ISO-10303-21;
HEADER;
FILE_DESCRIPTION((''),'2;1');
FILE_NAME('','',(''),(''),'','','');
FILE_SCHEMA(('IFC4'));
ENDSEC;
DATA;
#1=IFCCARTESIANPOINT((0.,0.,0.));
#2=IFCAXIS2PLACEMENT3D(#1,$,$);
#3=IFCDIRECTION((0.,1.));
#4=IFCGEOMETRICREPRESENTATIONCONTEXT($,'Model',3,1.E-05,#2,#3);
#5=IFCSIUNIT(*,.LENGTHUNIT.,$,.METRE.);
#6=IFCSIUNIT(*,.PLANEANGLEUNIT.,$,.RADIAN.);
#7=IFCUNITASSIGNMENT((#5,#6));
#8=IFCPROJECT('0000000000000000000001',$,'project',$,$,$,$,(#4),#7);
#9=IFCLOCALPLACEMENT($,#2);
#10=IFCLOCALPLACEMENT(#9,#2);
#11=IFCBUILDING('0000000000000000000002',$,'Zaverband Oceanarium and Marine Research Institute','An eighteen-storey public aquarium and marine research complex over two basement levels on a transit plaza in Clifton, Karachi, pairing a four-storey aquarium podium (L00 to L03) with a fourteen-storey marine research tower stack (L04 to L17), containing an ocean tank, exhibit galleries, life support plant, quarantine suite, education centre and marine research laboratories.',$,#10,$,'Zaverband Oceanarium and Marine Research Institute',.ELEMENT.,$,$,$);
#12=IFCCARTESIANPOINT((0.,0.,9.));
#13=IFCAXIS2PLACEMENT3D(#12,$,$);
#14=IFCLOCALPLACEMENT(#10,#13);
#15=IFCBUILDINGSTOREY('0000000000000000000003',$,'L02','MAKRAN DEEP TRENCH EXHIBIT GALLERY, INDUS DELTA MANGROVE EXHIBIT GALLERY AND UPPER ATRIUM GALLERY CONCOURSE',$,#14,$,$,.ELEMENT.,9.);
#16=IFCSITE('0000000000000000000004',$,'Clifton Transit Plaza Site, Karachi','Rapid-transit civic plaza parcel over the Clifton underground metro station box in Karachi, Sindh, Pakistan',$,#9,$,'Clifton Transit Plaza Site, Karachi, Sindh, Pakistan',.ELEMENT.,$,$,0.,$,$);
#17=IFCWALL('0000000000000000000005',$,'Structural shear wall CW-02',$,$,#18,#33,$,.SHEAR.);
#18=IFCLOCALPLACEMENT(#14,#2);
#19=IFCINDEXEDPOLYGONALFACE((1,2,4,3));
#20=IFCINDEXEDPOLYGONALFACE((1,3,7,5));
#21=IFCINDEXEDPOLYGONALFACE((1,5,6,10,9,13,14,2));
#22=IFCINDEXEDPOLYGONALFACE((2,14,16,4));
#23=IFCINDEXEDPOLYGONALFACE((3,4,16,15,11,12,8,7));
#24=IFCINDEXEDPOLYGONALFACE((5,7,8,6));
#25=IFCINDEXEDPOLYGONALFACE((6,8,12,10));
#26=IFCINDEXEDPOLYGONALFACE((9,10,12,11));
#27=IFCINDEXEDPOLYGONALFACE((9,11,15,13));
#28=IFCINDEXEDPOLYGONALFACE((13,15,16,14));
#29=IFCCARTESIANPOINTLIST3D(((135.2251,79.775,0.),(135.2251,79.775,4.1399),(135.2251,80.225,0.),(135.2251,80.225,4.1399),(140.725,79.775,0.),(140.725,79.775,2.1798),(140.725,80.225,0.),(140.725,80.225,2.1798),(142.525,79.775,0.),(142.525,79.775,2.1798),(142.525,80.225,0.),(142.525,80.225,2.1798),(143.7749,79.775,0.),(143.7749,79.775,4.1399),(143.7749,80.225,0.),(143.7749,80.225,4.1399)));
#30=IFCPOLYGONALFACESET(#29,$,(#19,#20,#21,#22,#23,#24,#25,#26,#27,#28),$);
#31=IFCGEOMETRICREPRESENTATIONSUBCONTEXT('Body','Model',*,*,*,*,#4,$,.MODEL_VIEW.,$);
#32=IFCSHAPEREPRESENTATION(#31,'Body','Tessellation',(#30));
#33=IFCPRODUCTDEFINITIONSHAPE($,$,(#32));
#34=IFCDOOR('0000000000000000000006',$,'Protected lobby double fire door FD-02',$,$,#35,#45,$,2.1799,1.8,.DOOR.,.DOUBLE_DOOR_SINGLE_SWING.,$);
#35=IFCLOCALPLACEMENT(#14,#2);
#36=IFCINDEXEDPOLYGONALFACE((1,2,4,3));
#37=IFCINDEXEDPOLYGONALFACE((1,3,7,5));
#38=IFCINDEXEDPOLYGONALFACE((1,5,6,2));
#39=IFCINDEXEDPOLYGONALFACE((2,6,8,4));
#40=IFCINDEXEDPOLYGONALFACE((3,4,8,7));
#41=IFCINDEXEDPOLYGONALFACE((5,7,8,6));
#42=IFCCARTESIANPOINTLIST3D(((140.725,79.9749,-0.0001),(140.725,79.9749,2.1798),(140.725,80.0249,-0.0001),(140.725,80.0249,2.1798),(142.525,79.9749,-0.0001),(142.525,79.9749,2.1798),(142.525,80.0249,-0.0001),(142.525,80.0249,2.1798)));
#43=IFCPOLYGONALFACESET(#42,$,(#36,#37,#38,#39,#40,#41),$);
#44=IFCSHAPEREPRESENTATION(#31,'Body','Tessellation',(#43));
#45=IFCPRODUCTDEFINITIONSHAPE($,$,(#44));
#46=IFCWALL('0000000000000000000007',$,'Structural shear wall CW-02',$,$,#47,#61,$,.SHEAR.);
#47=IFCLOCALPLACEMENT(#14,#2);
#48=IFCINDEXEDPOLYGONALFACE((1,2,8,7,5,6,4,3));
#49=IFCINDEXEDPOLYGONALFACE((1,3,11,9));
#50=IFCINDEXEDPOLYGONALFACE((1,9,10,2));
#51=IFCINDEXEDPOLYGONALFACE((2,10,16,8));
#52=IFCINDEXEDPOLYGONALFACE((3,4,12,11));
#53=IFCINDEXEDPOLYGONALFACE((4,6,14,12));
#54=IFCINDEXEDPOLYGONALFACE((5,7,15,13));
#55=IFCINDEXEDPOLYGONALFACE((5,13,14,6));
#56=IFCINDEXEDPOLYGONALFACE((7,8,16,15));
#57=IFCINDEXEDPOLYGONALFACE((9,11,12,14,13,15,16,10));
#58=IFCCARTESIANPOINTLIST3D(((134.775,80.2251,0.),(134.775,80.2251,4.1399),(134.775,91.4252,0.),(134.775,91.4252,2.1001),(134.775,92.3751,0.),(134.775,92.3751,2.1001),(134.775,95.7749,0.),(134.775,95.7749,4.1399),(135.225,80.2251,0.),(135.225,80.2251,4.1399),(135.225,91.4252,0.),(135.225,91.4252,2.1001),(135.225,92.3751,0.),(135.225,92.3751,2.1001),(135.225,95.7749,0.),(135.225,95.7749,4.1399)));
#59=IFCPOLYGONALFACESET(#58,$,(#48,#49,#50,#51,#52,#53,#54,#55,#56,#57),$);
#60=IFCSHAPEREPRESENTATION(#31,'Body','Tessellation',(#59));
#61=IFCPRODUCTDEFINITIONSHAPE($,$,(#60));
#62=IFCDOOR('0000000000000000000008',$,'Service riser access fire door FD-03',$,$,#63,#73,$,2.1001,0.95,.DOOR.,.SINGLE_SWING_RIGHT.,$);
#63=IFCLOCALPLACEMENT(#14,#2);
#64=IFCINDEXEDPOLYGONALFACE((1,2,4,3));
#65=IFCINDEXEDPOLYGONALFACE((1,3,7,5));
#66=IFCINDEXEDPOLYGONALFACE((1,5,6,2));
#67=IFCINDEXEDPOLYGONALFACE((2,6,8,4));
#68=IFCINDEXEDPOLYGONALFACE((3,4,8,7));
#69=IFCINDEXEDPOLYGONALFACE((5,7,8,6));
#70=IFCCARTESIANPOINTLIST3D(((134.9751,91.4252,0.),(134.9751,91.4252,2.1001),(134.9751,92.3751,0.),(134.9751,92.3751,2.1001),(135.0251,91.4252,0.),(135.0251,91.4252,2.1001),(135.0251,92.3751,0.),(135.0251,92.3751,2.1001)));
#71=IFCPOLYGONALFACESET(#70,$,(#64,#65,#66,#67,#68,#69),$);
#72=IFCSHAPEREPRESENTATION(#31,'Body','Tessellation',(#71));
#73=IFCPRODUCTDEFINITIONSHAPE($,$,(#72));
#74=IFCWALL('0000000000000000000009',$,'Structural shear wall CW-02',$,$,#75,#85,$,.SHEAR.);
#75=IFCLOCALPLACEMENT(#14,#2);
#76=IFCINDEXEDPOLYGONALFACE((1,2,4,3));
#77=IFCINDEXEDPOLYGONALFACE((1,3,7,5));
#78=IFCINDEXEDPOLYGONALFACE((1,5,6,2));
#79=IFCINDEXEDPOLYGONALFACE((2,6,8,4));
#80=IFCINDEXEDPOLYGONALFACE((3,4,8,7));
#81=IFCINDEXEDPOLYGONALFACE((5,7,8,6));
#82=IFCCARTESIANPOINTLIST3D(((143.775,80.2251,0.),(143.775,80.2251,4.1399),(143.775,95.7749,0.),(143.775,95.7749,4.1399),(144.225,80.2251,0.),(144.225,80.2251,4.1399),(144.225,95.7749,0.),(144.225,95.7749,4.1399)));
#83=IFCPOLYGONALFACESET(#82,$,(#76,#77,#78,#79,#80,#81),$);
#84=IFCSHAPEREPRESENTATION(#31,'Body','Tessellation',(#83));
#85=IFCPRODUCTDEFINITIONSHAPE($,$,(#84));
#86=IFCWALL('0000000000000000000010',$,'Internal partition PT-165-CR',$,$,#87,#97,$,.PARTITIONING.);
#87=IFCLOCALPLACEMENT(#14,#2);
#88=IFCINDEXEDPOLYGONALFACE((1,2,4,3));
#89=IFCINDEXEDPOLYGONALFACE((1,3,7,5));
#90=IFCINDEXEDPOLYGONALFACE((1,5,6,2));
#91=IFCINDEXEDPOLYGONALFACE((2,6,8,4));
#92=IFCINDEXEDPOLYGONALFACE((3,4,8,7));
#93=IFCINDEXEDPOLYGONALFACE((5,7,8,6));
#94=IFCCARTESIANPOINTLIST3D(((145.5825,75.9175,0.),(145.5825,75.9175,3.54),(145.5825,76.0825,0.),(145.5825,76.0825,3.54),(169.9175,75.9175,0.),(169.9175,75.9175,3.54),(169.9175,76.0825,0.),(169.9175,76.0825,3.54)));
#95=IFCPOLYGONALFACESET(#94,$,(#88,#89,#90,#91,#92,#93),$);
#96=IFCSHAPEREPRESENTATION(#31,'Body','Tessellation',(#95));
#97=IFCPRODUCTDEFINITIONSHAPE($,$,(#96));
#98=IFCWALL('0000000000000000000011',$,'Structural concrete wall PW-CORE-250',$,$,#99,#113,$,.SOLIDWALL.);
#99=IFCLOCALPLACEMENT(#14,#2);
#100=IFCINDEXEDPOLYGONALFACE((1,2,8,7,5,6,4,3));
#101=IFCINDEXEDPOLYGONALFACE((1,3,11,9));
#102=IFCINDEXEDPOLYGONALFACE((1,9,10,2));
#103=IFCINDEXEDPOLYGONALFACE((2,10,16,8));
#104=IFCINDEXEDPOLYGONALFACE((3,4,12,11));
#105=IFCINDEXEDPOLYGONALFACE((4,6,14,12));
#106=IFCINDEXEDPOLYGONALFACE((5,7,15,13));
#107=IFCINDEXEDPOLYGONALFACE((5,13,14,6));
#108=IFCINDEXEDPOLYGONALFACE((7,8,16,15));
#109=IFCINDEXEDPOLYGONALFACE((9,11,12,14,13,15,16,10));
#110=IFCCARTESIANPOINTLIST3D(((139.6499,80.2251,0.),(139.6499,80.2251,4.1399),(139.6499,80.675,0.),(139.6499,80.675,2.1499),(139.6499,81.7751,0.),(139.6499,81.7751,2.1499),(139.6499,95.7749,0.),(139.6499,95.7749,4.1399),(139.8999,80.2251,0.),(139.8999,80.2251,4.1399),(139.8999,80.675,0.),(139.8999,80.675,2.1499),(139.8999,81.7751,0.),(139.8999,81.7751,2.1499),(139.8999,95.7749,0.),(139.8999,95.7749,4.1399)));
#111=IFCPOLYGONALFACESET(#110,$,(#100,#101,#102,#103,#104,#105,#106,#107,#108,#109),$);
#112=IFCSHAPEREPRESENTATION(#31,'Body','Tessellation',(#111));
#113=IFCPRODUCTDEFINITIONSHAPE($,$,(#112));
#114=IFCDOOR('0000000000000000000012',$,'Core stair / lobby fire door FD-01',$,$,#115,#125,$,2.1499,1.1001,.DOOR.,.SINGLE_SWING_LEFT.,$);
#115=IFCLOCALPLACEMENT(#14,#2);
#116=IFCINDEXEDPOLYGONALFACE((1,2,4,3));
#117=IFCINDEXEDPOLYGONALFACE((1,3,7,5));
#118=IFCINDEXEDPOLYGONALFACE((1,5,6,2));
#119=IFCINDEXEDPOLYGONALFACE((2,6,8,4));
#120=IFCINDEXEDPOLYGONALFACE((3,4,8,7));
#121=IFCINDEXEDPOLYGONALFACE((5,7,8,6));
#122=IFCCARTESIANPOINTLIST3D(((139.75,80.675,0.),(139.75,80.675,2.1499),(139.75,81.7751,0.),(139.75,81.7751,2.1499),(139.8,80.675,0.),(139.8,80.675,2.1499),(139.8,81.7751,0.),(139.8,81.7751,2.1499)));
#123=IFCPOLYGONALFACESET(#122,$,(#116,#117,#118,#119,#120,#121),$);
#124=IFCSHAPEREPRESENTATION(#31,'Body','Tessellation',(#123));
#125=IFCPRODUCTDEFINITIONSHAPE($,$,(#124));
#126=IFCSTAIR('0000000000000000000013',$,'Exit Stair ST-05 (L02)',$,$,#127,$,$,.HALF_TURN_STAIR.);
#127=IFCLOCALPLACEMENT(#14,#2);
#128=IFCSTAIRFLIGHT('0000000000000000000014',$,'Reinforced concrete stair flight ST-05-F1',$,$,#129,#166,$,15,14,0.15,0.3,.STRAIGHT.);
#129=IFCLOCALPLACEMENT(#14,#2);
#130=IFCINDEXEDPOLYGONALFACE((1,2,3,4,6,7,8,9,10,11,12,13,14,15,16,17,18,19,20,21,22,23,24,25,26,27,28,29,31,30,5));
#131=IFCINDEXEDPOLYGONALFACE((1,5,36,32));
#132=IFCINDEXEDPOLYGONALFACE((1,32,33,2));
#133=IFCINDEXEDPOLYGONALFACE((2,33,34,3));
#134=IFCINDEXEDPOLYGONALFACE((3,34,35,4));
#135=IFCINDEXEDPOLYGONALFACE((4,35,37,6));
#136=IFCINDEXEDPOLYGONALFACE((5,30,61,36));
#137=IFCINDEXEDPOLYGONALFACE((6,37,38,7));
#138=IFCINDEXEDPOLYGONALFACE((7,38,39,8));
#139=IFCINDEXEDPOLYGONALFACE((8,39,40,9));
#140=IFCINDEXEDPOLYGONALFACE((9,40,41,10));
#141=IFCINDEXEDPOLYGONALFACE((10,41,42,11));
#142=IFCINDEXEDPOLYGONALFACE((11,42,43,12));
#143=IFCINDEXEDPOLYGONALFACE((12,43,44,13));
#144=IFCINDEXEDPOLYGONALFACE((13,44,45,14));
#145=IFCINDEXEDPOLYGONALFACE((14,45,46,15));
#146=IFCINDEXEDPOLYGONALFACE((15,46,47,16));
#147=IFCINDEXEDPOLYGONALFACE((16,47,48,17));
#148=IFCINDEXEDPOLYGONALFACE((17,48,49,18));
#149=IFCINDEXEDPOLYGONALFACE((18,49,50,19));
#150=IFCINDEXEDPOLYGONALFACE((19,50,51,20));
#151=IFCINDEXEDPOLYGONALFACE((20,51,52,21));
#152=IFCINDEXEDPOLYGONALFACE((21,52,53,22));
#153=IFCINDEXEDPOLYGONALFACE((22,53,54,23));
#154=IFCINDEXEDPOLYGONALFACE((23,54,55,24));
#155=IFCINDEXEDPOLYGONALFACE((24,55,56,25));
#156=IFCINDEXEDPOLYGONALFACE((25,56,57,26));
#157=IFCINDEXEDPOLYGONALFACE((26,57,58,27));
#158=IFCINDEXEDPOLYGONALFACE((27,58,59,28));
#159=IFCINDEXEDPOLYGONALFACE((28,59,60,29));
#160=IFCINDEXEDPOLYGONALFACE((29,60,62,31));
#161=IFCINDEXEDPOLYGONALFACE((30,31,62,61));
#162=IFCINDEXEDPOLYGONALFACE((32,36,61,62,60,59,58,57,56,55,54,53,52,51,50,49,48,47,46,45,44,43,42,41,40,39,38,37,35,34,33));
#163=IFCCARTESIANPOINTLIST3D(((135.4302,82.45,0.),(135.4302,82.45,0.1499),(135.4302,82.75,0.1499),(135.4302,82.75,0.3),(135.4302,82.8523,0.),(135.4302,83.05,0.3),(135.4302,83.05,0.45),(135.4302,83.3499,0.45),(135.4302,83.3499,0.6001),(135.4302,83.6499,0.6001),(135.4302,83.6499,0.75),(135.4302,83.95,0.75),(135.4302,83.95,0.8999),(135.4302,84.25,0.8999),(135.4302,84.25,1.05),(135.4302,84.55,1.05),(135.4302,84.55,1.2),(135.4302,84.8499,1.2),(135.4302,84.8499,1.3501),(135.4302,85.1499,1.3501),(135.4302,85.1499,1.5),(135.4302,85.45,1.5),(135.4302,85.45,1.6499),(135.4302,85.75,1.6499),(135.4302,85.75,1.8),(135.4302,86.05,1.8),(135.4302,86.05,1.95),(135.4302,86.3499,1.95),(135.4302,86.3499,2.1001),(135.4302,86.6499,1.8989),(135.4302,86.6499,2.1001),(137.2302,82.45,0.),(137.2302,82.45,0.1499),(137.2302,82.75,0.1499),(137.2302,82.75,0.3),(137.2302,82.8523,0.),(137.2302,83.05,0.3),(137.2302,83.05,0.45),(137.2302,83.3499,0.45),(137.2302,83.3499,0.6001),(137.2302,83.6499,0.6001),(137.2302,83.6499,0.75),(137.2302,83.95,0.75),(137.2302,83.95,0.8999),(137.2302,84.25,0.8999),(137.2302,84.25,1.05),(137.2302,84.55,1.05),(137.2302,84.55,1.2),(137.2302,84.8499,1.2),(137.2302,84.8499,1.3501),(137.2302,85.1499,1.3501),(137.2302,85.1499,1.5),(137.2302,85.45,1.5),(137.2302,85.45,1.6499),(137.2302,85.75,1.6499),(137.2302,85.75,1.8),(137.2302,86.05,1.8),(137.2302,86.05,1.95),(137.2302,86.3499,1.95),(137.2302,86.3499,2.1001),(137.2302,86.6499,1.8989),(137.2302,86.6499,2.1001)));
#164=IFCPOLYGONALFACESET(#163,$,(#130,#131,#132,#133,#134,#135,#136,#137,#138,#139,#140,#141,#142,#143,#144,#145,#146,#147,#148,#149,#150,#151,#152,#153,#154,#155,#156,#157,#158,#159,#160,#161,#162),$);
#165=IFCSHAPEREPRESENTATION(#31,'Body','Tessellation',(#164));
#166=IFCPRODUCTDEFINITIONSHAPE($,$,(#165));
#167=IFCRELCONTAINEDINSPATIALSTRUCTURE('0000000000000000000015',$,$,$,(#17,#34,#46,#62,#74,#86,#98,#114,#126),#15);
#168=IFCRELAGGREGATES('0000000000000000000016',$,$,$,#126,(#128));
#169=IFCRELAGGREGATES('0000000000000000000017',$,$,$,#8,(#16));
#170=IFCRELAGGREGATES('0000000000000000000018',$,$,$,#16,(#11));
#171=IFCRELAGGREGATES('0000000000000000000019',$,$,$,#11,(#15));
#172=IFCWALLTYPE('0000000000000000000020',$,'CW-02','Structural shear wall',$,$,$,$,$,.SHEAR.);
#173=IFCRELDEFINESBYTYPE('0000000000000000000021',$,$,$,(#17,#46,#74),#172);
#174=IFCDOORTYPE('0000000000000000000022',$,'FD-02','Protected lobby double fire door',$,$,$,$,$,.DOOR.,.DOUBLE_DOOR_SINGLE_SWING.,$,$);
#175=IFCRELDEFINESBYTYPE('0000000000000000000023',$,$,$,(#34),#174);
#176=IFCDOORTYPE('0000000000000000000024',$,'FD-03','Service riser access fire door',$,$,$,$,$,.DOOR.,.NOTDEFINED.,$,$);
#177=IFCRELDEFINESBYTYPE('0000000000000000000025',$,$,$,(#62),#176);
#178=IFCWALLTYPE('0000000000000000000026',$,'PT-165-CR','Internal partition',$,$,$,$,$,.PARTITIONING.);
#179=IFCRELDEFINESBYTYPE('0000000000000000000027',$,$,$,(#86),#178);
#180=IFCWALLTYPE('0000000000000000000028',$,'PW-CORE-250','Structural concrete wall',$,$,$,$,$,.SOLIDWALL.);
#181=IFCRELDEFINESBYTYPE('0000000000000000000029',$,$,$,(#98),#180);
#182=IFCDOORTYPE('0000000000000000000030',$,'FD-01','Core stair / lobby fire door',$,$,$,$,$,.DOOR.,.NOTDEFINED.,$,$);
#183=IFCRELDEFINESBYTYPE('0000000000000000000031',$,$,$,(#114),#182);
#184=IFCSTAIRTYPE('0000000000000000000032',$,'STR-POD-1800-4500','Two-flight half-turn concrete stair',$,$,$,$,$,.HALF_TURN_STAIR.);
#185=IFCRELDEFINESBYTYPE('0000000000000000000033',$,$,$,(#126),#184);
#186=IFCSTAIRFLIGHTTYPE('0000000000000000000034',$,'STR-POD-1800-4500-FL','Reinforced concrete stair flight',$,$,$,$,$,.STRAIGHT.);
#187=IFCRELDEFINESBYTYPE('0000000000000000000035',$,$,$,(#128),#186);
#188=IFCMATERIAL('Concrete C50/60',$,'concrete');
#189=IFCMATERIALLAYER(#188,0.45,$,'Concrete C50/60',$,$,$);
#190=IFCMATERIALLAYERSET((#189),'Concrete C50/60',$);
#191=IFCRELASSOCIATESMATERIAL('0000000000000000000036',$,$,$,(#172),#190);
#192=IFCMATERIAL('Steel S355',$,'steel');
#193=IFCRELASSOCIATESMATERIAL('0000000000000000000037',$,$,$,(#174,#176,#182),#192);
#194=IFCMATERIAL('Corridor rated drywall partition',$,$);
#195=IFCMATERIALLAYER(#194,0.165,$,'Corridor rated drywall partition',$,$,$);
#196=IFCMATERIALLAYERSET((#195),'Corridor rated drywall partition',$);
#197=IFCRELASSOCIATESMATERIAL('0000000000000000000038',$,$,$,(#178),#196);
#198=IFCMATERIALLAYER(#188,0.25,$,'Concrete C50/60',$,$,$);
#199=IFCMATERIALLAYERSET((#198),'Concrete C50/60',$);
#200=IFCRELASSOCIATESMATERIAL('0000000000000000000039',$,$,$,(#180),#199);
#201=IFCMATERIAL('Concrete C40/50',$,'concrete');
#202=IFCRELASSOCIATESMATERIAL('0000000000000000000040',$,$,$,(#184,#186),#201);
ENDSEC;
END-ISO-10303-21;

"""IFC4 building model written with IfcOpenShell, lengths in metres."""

from ifc_helpers import new_model, si_unit, direction, frame, frame_2d, origin, place, context, subcontext, project, spatial, polyline, rectangle, outline, extrude, material, layer, layer_set, type_object, element, fill, aggregate, save


model = new_model("IFC4")

# Units and contexts
model_context = context("Model", 3, precision=1e-05, world=origin(), true_north=direction((0.0, 1.0)))
body_context = subcontext(model_context, "Body", "Model", "MODEL_VIEW")
ifc_project = project(units=[si_unit("LENGTHUNIT", "METRE"), si_unit("PLANEANGLEUNIT", "RADIAN")], contexts=[model_context])

# Site, building, storey
site_placement = place(None, origin())
site = spatial("IfcSite", under=ifc_project, at=site_placement, Name="Clifton Transit Plaza Site, Karachi", Description="Rapid-transit civic plaza parcel over the Clifton underground metro station box in Karachi, Sindh, Pakistan", LongName="Clifton Transit Plaza Site, Karachi, Sindh, Pakistan", CompositionType="ELEMENT", RefElevation=0.0)
building_placement = place(site_placement, origin())
building = spatial("IfcBuilding", under=site, at=building_placement, Name="Zaverband Oceanarium and Marine Research Institute", Description="An eighteen-storey public aquarium and marine research complex over two basement levels on a transit plaza in Clifton, Karachi, pairing a four-storey aquarium podium (L00 to L03) with a fourteen-storey marine research tower stack (L04 to L17), containing an ocean tank, exhibit galleries, life support plant, quarantine suite, education centre and marine research laboratories.", LongName="Zaverband Oceanarium and Marine Research Institute", CompositionType="ELEMENT")
storey_placement = place(building_placement, frame((0.0, 0.0, 9.0)))
storey = spatial("IfcBuildingStorey", under=building, at=storey_placement, Name="L02", Description="MAKRAN DEEP TRENCH EXHIBIT GALLERY, INDUS DELTA MANGROVE EXHIBIT GALLERY AND UPPER ATRIUM GALLERY CONCOURSE", CompositionType="ELEMENT", Elevation=9.0)

# Shared definitions
ifc_material_1 = material(Name="Concrete C50/60", Category="concrete")

# Shared definitions
ifc_material_2 = material(Name="Concrete C40/50", Category="concrete")

# Walls, openings, doors
ifc_layer_1 = layer(ifc_material_1, 0.45, Name="Concrete C50/60")
ifc_layer_set_1 = layer_set([ifc_layer_1], Name="Concrete C50/60")
wall_type_1 = type_object("IfcWallType", Name="CW-02", Description="Structural shear wall", PredefinedType="SHEAR", material=ifc_layer_set_1)
wall_1_placement = place(storey_placement, frame((135.2251, 80.0, 0.0), z_axis=(0.0, 0.0, 1.0), x_axis=(1.0, 0.0, 0.0)))
wall_1 = element("IfcWall", 1, at=wall_1_placement, inside=storey, type_object=wall_type_1, Name="Structural shear wall CW-02", PredefinedType="SHEAR", context=body_context, shape_type="SweptSolid", body=[
    extrude(rectangle(XDim=8.5498, YDim=0.45, at=frame_2d((4.2749, 0.0))), origin(), (0.0, 0.0, 1.0), 4.1399),
])
opening_1_placement = place(wall_1_placement, frame((5.5, 0.0, 0.0)))
opening_1 = element("IfcOpeningElement", 2, at=opening_1_placement, cuts=wall_1, PredefinedType="OPENING", context=body_context, shape_type="SweptSolid", body=[
    extrude(rectangle(XDim=1.8, YDim=2.1799, at=frame_2d((0.8999, 1.0898))), frame((0.0, 0.2368, 0.0), z_axis=(0.0, -1.0, 0.0), x_axis=(1.0, 0.0, 0.0)), (0.0, 0.0, 1.0), 0.4739),
])
ifc_material_3 = material(Name="Steel S355", Category="steel")
door_type_1 = type_object("IfcDoorType", Name="FD-02", Description="Protected lobby double fire door", OperationType="DOUBLE_DOOR_SINGLE_SWING", PredefinedType="DOOR", material=ifc_material_3)
door_1_placement = place(opening_1_placement, origin())
door_1 = element("IfcDoor", 3, at=door_1_placement, inside=storey, type_object=door_type_1, Name="Protected lobby double fire door FD-02", OperationType="DOUBLE_DOOR_SINGLE_SWING", OverallHeight=2.1799, OverallWidth=1.8, PredefinedType="DOOR", context=body_context, shape_type="SweptSolid", body=[
    extrude(rectangle(XDim=1.8, YDim=2.1799, at=frame_2d((0.8999, 1.0898))), frame((0.0, 0.0249, 0.0), z_axis=(0.0, -1.0, 0.0), x_axis=(1.0, 0.0, 0.0)), (0.0, 0.0, 1.0), 0.05),
])
fill(opening_1, door_1)
wall_2_placement = place(storey_placement, frame((135.0, 80.2251, 0.0), z_axis=(0.0, 0.0, 1.0), x_axis=(0.0, 1.0, 0.0)))
wall_2 = element("IfcWall", 4, at=wall_2_placement, inside=storey, type_object=wall_type_1, Name="Structural shear wall CW-02", PredefinedType="SHEAR", context=body_context, shape_type="SweptSolid", body=[
    extrude(rectangle(XDim=15.5498, YDim=0.45, at=frame_2d((7.7749, 0.0))), origin(), (0.0, 0.0, 1.0), 4.1399),
])
opening_2_placement = place(wall_2_placement, frame((11.2, 0.0, 0.0)))
opening_2 = element("IfcOpeningElement", 5, at=opening_2_placement, cuts=wall_2, PredefinedType="OPENING", context=body_context, shape_type="SweptSolid", body=[
    extrude(rectangle(XDim=0.95, YDim=2.1001, at=frame_2d((0.4751, 1.05))), frame((0.0, 0.2368, 0.0), z_axis=(0.0, -1.0, 0.0), x_axis=(1.0, 0.0, 0.0)), (0.0, 0.0, 1.0), 0.4739),
])
door_type_2 = type_object("IfcDoorType", Name="FD-03", Description="Service riser access fire door", OperationType="NOTDEFINED", PredefinedType="DOOR", material=ifc_material_3)
door_2_placement = place(opening_2_placement, origin())
door_2 = element("IfcDoor", 6, at=door_2_placement, inside=storey, type_object=door_type_2, Name="Service riser access fire door FD-03", OperationType="SINGLE_SWING_RIGHT", OverallHeight=2.1001, OverallWidth=0.95, PredefinedType="DOOR", context=body_context, shape_type="SweptSolid", body=[
    extrude(rectangle(XDim=0.95, YDim=2.1001, at=frame_2d((0.4751, 1.05))), frame((0.0, 0.0249, 0.0), z_axis=(0.0, -1.0, 0.0), x_axis=(1.0, 0.0, 0.0)), (0.0, 0.0, 1.0), 0.05),
])
fill(opening_2, door_2)

# Walls
wall_3_placement = place(storey_placement, frame((144.0, 80.2251, 0.0), z_axis=(0.0, 0.0, 1.0), x_axis=(0.0, 1.0, 0.0)))
element("IfcWall", 7, at=wall_3_placement, inside=storey, type_object=wall_type_1, Name="Structural shear wall CW-02", PredefinedType="SHEAR", context=body_context, shape_type="SweptSolid", body=[
    extrude(rectangle(XDim=15.5498, YDim=0.45, at=frame_2d((7.7749, 0.0))), origin(), (0.0, 0.0, 1.0), 4.1399),
])
ifc_material_4 = material(Name="Corridor rated drywall partition")
ifc_layer_2 = layer(ifc_material_4, 0.165, Name="Corridor rated drywall partition")
ifc_layer_set_2 = layer_set([ifc_layer_2], Name="Corridor rated drywall partition")
wall_type_2 = type_object("IfcWallType", Name="PT-165-CR", Description="Internal partition", PredefinedType="PARTITIONING", material=ifc_layer_set_2)
wall_4_placement = place(storey_placement, frame((145.5825, 76.0, 0.0), z_axis=(0.0, 0.0, 1.0), x_axis=(1.0, 0.0, 0.0)))
element("IfcWall", 8, at=wall_4_placement, inside=storey, type_object=wall_type_2, Name="Internal partition PT-165-CR", PredefinedType="PARTITIONING", context=body_context, shape_type="SweptSolid", body=[
    extrude(rectangle(XDim=24.335, YDim=0.165, at=frame_2d((12.1675, 0.0))), origin(), (0.0, 0.0, 1.0), 3.54),
])

# Wall, opening, door
ifc_layer_3 = layer(ifc_material_1, 0.25, Name="Concrete C50/60")
ifc_layer_set_3 = layer_set([ifc_layer_3], Name="Concrete C50/60")
wall_type_3 = type_object("IfcWallType", Name="PW-CORE-250", Description="Structural concrete wall", PredefinedType="SOLIDWALL", material=ifc_layer_set_3)
wall_5_placement = place(storey_placement, frame((139.7749, 80.2251, 0.0), z_axis=(0.0, 0.0, 1.0), x_axis=(0.0, 1.0, 0.0)))
wall_5 = element("IfcWall", 9, at=wall_5_placement, inside=storey, type_object=wall_type_3, Name="Structural concrete wall PW-CORE-250", PredefinedType="SOLIDWALL", context=body_context, shape_type="SweptSolid", body=[
    extrude(rectangle(XDim=15.5498, YDim=0.25, at=frame_2d((7.7749, 0.0))), origin(), (0.0, 0.0, 1.0), 4.1399),
])
opening_3_placement = place(wall_5_placement, frame((0.45, 0.0, 0.0)))
opening_3 = element("IfcOpeningElement", 10, at=opening_3_placement, cuts=wall_5, PredefinedType="OPENING", context=body_context, shape_type="SweptSolid", body=[
    extrude(rectangle(XDim=1.1001, YDim=2.1499, at=frame_2d((0.55, 1.075))), frame((0.0, 0.137, 0.0), z_axis=(0.0, -1.0, 0.0), x_axis=(1.0, 0.0, 0.0)), (0.0, 0.0, 1.0), 0.2739),
])
door_type_3 = type_object("IfcDoorType", Name="FD-01", Description="Core stair / lobby fire door", OperationType="NOTDEFINED", PredefinedType="DOOR", material=ifc_material_3)
door_3_placement = place(opening_3_placement, origin())
door_3 = element("IfcDoor", 11, at=door_3_placement, inside=storey, type_object=door_type_3, Name="Core stair / lobby fire door FD-01", OperationType="SINGLE_SWING_LEFT", OverallHeight=2.1499, OverallWidth=1.1001, PredefinedType="DOOR", context=body_context, shape_type="SweptSolid", body=[
    extrude(rectangle(XDim=1.1001, YDim=2.1499, at=frame_2d((0.55, 1.075))), frame((0.0, 0.0249, 0.0), z_axis=(0.0, -1.0, 0.0), x_axis=(1.0, 0.0, 0.0)), (0.0, 0.0, 1.0), 0.05),
])
fill(opening_3, door_3)

# Stair, stair flight
stair_type = type_object("IfcStairType", Name="STR-POD-1800-4500", Description="Two-flight half-turn concrete stair", PredefinedType="HALF_TURN_STAIR", material=ifc_material_2)
stair_placement = place(storey_placement, origin())
stair = element("IfcStair", 12, at=stair_placement, inside=storey, type_object=stair_type, Name="Exit Stair ST-05 (L02)", PredefinedType="HALF_TURN_STAIR")
stair_flight_type = type_object("IfcStairFlightType", Name="STR-POD-1800-4500-FL", Description="Reinforced concrete stair flight", PredefinedType="STRAIGHT", material=ifc_material_2)
stair_flight_1_placement = place(storey_placement, frame((136.3301, 82.45, 0.0), z_axis=(0.0, 0.0, 1.0), x_axis=(0.0, 1.0, 0.0)))
stair_flight_1 = element("IfcStairFlight", 13, at=stair_flight_1_placement, type_object=stair_flight_type, Name="Reinforced concrete stair flight ST-05-F1", NumberOfRisers=15, NumberOfTreads=14, PredefinedType="STRAIGHT", RiserHeight=0.15, TreadLength=0.3, context=body_context, shape_type="SweptSolid", body=[
    extrude(outline(polyline([(0.0, 0.0), (0.0, 0.1499), (0.3, 0.1499), (0.3, 0.3), (0.6001, 0.3), (0.6001, 0.45), (0.8999, 0.45), (0.8999, 0.6001), (1.2, 0.6001), (1.2, 0.75), (1.5, 0.75), (1.5, 0.8999), (1.8, 0.8999), (1.8, 1.05), (2.1001, 1.05), (2.1001, 1.2), (2.3999, 1.2), (2.3999, 1.3501), (2.7, 1.3501), (2.7, 1.5), (3.0, 1.5), (3.0, 1.6499), (3.3, 1.6499), (3.3, 1.8), (3.6001, 1.8), (3.6001, 1.95), (3.8999, 1.95), (3.8999, 2.1001), (4.2, 2.1001), (4.2, 2.25), (4.2, 1.8989), (0.4023, 0.0), (0.0, 0.0)])), frame((0.0, 0.8999, 0.0), z_axis=(0.0, -1.0, 0.0), x_axis=(1.0, 0.0, 0.0)), (0.0, 0.0, 1.0), 1.8),
])
aggregate(stair, [stair_flight_1])

save(model, "model.ifc")
